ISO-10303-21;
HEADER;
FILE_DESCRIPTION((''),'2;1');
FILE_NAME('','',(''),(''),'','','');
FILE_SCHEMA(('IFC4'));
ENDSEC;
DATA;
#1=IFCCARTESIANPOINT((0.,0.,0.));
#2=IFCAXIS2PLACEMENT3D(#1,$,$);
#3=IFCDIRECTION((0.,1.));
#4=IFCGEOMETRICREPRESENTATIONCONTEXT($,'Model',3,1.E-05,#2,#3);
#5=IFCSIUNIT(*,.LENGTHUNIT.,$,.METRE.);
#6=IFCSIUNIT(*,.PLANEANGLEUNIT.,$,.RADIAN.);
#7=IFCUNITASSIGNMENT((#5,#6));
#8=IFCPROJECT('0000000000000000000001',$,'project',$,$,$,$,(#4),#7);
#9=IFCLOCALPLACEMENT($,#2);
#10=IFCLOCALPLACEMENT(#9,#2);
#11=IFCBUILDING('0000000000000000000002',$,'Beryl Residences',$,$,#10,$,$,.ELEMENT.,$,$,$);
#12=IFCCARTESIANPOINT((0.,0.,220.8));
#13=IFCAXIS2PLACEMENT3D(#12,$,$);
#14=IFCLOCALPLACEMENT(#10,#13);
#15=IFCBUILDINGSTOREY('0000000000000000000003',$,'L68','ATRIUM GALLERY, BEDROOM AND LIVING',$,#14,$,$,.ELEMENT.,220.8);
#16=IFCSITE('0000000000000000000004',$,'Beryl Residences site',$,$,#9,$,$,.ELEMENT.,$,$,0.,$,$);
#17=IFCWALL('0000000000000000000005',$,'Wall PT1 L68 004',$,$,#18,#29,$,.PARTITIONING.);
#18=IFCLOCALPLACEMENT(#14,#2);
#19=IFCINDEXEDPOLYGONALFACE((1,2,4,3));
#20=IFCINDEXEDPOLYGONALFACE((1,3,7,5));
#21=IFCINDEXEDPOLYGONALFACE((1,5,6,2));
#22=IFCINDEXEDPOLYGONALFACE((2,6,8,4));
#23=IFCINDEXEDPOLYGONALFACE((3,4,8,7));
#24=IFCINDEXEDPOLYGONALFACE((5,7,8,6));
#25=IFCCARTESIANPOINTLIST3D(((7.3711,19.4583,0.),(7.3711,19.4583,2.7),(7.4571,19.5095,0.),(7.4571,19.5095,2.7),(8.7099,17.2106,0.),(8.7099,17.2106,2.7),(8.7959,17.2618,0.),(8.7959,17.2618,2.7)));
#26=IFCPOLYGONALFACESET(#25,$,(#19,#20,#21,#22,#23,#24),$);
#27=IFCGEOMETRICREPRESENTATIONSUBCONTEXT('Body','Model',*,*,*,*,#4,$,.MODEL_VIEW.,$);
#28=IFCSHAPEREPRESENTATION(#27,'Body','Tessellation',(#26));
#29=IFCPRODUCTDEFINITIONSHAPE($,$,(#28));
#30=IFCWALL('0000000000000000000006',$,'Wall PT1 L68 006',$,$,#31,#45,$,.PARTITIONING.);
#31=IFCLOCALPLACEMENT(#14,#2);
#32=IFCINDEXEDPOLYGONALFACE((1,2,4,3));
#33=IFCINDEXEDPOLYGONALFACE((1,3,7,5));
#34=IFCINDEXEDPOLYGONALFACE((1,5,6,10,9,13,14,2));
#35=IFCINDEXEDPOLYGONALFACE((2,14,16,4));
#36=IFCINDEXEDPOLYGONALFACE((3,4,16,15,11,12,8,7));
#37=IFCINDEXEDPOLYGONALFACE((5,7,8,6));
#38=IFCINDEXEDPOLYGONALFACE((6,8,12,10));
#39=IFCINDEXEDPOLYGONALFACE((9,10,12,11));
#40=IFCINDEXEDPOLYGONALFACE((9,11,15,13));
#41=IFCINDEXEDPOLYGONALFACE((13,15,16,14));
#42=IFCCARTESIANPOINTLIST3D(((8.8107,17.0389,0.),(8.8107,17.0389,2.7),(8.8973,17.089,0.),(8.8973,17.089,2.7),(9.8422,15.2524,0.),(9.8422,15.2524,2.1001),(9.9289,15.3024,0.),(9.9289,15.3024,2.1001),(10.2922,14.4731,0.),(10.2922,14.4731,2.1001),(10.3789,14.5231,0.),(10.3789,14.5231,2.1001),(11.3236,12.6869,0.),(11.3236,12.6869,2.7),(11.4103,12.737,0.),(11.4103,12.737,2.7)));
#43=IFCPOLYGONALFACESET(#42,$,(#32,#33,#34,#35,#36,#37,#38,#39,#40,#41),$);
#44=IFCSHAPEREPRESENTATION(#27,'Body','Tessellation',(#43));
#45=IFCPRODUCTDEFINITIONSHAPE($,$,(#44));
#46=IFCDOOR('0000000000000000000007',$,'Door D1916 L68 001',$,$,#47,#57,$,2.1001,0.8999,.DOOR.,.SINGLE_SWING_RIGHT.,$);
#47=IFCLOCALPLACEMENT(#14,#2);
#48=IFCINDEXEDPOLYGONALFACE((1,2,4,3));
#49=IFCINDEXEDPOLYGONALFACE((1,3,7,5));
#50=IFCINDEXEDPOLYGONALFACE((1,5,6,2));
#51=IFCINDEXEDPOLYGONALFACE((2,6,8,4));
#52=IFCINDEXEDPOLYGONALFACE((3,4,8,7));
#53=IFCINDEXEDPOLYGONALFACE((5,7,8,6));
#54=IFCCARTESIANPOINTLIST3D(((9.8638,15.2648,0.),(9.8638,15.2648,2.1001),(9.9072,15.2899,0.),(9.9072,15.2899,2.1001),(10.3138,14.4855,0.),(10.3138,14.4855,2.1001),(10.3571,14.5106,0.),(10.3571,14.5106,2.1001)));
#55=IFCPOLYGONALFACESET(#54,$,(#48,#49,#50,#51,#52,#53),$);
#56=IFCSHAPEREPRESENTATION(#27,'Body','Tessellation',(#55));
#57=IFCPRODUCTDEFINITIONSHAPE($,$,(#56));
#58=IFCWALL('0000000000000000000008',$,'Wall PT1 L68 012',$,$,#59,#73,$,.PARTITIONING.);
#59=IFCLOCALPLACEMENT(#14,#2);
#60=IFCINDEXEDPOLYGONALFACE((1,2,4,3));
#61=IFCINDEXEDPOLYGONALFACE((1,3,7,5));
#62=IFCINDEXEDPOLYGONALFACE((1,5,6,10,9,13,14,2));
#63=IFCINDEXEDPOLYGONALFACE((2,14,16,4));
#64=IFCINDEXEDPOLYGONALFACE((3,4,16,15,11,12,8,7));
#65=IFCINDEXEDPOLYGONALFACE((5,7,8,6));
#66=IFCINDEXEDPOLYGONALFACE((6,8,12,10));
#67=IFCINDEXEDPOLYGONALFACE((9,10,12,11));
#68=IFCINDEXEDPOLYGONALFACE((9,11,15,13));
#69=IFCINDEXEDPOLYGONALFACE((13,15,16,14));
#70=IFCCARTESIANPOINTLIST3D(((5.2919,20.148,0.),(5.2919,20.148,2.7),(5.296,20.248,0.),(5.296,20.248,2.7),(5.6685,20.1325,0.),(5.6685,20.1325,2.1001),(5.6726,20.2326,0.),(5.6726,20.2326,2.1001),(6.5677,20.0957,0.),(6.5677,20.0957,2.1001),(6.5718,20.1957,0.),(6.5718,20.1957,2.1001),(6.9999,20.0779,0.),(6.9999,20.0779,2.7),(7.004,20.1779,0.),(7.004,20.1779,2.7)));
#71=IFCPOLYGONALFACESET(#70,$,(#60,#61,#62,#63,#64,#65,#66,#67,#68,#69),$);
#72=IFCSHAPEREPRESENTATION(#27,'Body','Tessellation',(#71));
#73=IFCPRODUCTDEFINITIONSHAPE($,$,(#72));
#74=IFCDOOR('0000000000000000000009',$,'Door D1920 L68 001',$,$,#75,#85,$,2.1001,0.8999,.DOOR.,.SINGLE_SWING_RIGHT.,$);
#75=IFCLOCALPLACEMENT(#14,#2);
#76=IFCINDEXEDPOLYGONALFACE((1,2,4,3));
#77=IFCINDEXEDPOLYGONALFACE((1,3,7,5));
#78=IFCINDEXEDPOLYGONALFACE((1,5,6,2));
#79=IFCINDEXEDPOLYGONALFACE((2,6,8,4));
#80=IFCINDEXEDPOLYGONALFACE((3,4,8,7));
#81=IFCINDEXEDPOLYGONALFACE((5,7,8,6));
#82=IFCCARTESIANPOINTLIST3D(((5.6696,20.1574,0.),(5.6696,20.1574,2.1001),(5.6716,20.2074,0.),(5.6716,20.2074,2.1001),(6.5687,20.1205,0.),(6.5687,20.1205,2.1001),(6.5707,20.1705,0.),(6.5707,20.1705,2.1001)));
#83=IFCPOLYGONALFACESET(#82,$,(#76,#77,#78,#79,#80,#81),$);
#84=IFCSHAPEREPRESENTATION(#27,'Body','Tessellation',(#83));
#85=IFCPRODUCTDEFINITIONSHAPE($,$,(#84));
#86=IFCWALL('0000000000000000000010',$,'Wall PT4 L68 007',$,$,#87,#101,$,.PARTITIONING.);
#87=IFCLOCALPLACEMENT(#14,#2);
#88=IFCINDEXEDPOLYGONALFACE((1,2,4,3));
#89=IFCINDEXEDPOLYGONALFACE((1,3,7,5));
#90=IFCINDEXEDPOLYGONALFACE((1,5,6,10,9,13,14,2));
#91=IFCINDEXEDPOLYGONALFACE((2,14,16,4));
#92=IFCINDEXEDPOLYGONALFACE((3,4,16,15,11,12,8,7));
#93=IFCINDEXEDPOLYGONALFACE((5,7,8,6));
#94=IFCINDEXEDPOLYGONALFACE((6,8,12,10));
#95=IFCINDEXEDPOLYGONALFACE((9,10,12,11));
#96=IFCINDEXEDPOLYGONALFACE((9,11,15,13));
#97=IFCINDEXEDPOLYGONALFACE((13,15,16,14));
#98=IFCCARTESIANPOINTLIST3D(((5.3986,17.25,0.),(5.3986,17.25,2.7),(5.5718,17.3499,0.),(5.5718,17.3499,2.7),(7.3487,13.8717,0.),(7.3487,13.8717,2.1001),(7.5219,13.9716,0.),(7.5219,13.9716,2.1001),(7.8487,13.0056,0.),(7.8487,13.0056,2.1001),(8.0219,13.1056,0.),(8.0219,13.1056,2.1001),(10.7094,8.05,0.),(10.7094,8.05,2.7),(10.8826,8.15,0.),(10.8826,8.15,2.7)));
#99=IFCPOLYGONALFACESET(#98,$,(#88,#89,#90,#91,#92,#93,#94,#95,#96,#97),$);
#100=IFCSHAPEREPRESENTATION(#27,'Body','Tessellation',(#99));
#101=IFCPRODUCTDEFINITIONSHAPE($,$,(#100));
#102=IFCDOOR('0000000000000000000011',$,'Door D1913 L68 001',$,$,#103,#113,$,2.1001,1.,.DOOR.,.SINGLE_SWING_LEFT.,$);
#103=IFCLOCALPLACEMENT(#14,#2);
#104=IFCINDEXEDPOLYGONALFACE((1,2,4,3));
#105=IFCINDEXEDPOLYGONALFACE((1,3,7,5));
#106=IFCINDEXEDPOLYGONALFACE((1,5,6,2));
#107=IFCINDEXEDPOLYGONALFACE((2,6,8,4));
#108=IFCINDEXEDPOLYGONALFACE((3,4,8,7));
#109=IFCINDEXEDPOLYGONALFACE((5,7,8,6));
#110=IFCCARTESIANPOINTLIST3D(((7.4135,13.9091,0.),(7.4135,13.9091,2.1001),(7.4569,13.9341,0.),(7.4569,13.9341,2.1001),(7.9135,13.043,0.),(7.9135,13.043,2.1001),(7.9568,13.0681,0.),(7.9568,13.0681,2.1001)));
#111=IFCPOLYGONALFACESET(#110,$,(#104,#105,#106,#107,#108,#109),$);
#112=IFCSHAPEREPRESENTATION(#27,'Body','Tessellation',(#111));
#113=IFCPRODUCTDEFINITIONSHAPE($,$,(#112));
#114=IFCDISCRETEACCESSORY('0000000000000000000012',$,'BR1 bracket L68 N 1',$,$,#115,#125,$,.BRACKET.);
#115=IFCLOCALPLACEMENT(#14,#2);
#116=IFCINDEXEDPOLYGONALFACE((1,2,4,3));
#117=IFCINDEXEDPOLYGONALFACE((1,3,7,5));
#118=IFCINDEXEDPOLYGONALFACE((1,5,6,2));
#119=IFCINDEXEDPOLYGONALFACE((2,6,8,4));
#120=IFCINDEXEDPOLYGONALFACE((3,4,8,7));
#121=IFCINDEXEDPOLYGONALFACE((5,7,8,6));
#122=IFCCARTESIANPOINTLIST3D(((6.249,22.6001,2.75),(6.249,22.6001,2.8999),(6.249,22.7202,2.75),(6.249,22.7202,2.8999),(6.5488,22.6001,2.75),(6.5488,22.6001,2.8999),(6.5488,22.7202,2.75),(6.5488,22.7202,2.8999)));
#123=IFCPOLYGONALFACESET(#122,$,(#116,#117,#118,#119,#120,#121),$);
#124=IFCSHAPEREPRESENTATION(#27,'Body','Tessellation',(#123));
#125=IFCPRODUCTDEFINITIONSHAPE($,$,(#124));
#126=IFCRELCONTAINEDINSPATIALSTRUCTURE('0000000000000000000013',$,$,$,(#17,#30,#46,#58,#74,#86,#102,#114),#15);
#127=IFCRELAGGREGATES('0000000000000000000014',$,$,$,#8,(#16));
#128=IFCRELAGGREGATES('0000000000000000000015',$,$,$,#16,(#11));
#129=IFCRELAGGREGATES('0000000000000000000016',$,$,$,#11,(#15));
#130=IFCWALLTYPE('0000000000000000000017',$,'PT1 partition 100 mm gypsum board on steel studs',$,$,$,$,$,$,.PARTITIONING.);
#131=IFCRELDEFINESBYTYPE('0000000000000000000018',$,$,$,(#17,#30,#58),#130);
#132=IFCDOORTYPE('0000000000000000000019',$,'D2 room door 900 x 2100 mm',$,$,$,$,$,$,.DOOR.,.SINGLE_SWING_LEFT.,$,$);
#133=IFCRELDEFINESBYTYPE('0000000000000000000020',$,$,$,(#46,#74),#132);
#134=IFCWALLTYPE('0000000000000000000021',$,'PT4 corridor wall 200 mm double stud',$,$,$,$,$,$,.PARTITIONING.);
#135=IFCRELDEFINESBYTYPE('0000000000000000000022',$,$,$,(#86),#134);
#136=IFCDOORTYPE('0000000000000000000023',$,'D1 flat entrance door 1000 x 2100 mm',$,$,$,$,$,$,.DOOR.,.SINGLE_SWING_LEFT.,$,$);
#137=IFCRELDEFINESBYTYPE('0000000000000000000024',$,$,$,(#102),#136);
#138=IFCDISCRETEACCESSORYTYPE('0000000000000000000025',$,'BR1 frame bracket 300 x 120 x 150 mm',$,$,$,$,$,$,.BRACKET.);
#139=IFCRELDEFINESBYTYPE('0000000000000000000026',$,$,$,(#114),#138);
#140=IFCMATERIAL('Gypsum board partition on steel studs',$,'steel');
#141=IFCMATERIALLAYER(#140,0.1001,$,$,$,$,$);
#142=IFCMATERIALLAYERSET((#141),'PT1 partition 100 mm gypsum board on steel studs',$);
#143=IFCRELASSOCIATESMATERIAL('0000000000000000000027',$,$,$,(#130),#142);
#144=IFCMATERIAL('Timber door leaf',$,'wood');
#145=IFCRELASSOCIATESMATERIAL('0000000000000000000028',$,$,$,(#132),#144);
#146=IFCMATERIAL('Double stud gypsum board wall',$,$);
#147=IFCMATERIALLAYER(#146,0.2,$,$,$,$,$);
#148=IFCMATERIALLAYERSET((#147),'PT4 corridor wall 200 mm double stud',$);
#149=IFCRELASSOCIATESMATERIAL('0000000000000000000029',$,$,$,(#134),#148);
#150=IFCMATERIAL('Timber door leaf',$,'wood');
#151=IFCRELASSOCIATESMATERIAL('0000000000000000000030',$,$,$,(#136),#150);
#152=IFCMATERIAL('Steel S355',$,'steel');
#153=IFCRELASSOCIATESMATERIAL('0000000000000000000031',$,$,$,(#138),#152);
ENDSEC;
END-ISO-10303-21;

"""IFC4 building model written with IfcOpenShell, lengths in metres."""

from ifc_helpers import new_model, si_unit, direction, frame, frame_2d, origin, place, context, subcontext, project, spatial, polyline, rectangle, outline, extrude, source, transform, mapped, material, layer, layer_set, type_object, type_shapes, element, fill, save


model = new_model("IFC4")

# Units and contexts
model_context = context("Model", 3, precision=1e-05, world=origin(), true_north=direction((0.0, 1.0)))
body_context = subcontext(model_context, "Body", "Model", "MODEL_VIEW")
ifc_project = project(units=[si_unit("LENGTHUNIT", "METRE"), si_unit("PLANEANGLEUNIT", "RADIAN")], contexts=[model_context])

# Site, building, storey
site_placement = place(None, origin())
site = spatial("IfcSite", under=ifc_project, at=site_placement, Name="Beryl Residences site", CompositionType="ELEMENT", RefElevation=0.0)
building_placement = place(site_placement, origin())
building = spatial("IfcBuilding", under=site, at=building_placement, Name="Beryl Residences", CompositionType="ELEMENT")
storey_placement = place(building_placement, frame((0.0, 0.0, 220.8)))
storey = spatial("IfcBuildingStorey", under=building, at=storey_placement, Name="L68", Description="ATRIUM GALLERY, BEDROOM AND LIVING", CompositionType="ELEMENT", Elevation=220.8)

# Wall
ifc_material_1 = material(Name="Gypsum board partition on steel studs", Category="steel")
ifc_layer_1 = layer(ifc_material_1, 0.1001)
ifc_layer_set_1 = layer_set([ifc_layer_1], Name="PT1 partition 100 mm gypsum board on steel studs")
wall_type_1 = type_object("IfcWallType", Name="PT1 partition 100 mm gypsum board on steel studs", PredefinedType="PARTITIONING", material=ifc_layer_set_1)
wall_1_placement = place(storey_placement, frame((7.4141, 19.4839, 0.0), z_axis=(0.0, 0.0, 1.0), x_axis=(0.511735, -0.859143, 0.0)))
element("IfcWall", 1, at=wall_1_placement, inside=storey, type_object=wall_type_1, Name="Wall PT1 L68 004", PredefinedType="PARTITIONING", context=body_context, shape_type="SweptSolid", body=[
    extrude(rectangle(XDim=2.6162, YDim=0.1001, at=frame_2d((1.3081, 0.0))), origin(), (0.0, 0.0, 1.0), 2.7),
])

# Walls, openings, doors
wall_2_placement = place(storey_placement, frame((8.854, 17.064, 0.0), z_axis=(0.0, 0.0, 1.0), x_axis=(0.500042, -0.866001, 0.0)))
wall_2 = element("IfcWall", 2, at=wall_2_placement, inside=storey, type_object=wall_type_1, Name="Wall PT1 L68 006", PredefinedType="PARTITIONING", context=body_context, shape_type="SweptSolid", body=[
    extrude(rectangle(XDim=5.0254, YDim=0.1001, at=frame_2d((2.5127, 0.0))), origin(), (0.0, 0.0, 1.0), 2.7),
])
opening_1_placement = place(wall_2_placement, frame((2.063, 0.0, 0.0)))
opening_1 = element("IfcOpeningElement", 3, at=opening_1_placement, cuts=wall_2, PredefinedType="OPENING", context=body_context, shape_type="SweptSolid", body=[
    extrude(rectangle(XDim=0.8999, YDim=2.1001, at=frame_2d((0.45, 1.05))), frame((0.0, 0.0601, 0.0), z_axis=(0.0, -1.0, 0.0), x_axis=(1.0, 0.0, 0.0)), (0.0, 0.0, 1.0), 0.1201),
])
ifc_material_2 = material(Name="Timber door leaf", Category="wood")
door_type_1 = type_object("IfcDoorType", Name="D2 room door 900 x 2100 mm", OperationType="SINGLE_SWING_LEFT", PredefinedType="DOOR", material=ifc_material_2)
door_1_placement = place(opening_1_placement, origin())
door_1 = element("IfcDoor", 4, at=door_1_placement, inside=storey, type_object=door_type_1, Name="Door D1916 L68 001", OperationType="SINGLE_SWING_RIGHT", OverallHeight=2.1001, OverallWidth=0.8999, PredefinedType="DOOR", context=body_context, shape_type="SweptSolid", body=[
    extrude(rectangle(XDim=0.8999, YDim=2.1001, at=frame_2d((0.45, 1.05))), frame((0.0, 0.0249, 0.0), z_axis=(0.0, -1.0, 0.0), x_axis=(1.0, 0.0, 0.0)), (0.0, 0.0, 1.0), 0.05),
])
fill(opening_1, door_1)
wall_3_placement = place(storey_placement, frame((5.2939, 20.198, 0.0), z_axis=(0.0, 0.0, 1.0), x_axis=(0.99916, -0.040989, 0.0)))
wall_3 = element("IfcWall", 5, at=wall_3_placement, inside=storey, type_object=wall_type_1, Name="Wall PT1 L68 012", PredefinedType="PARTITIONING", context=body_context, shape_type="SweptSolid", body=[
    extrude(rectangle(XDim=1.7095, YDim=0.1001, at=frame_2d((0.8547, 0.0))), origin(), (0.0, 0.0, 1.0), 2.7),
])
opening_2_placement = place(wall_3_placement, frame((0.377, 0.0, 0.0)))
opening_2 = element("IfcOpeningElement", 6, at=opening_2_placement, cuts=wall_3, PredefinedType="OPENING", context=body_context, shape_type="SweptSolid", body=[
    extrude(rectangle(XDim=0.8999, YDim=2.1001, at=frame_2d((0.45, 1.05))), frame((0.0, 0.0601, 0.0), z_axis=(0.0, -1.0, 0.0), x_axis=(1.0, 0.0, 0.0)), (0.0, 0.0, 1.0), 0.1201),
])
door_2_placement = place(opening_2_placement, origin())
door_2 = element("IfcDoor", 7, at=door_2_placement, inside=storey, type_object=door_type_1, Name="Door D1920 L68 001", OperationType="SINGLE_SWING_RIGHT", OverallHeight=2.1001, OverallWidth=0.8999, PredefinedType="DOOR", context=body_context, shape_type="SweptSolid", body=[
    extrude(rectangle(XDim=0.8999, YDim=2.1001, at=frame_2d((0.45, 1.05))), frame((0.0, 0.0249, 0.0), z_axis=(0.0, -1.0, 0.0), x_axis=(1.0, 0.0, 0.0)), (0.0, 0.0, 1.0), 0.05),
])
fill(opening_2, door_2)
ifc_material_3 = material(Name="Double stud gypsum board wall")
ifc_layer_2 = layer(ifc_material_3, 0.2)
ifc_layer_set_2 = layer_set([ifc_layer_2], Name="PT4 corridor wall 200 mm double stud")
wall_type_2 = type_object("IfcWallType", Name="PT4 corridor wall 200 mm double stud", PredefinedType="PARTITIONING", material=ifc_layer_set_2)
wall_4_placement = place(storey_placement, frame((5.4851, 17.3, 0.0), z_axis=(0.0, 0.0, 1.0), x_axis=(0.499943, -0.866058, 0.0)))
wall_4 = element("IfcWall", 8, at=wall_4_placement, inside=storey, type_object=wall_type_2, Name="Wall PT4 L68 007", PredefinedType="PARTITIONING", context=body_context, shape_type="SweptSolid", body=[
    extrude(rectangle(XDim=10.6228, YDim=0.2, at=frame_2d((5.3115, 0.0))), origin(), (0.0, 0.0, 1.0), 2.7),
])
opening_3_placement = place(wall_4_placement, frame((3.9009, 0.0, 0.0)))
opening_3 = element("IfcOpeningElement", 9, at=opening_3_placement, cuts=wall_4, PredefinedType="OPENING", context=body_context, shape_type="SweptSolid", body=[
    extrude(rectangle(XDim=1.0, YDim=2.1001, at=frame_2d((0.5, 1.05))), frame((0.0, 0.1099, 0.0), z_axis=(0.0, -1.0, 0.0), x_axis=(1.0, 0.0, 0.0)), (0.0, 0.0, 1.0), 0.22),
])
ifc_material_4 = material(Name="Timber door leaf", Category="wood")
door_type_2 = type_object("IfcDoorType", Name="D1 flat entrance door 1000 x 2100 mm", OperationType="SINGLE_SWING_LEFT", PredefinedType="DOOR", material=ifc_material_4)
door_3_placement = place(opening_3_placement, origin())
door_3 = element("IfcDoor", 10, at=door_3_placement, inside=storey, type_object=door_type_2, Name="Door D1913 L68 001", OperationType="SINGLE_SWING_LEFT", OverallHeight=2.1001, OverallWidth=1.0, PredefinedType="DOOR", context=body_context, shape_type="SweptSolid", body=[
    extrude(rectangle(XDim=1.0, YDim=2.1001, at=frame_2d((0.5, 1.05))), frame((0.0, 0.0249, 0.0), z_axis=(0.0, -1.0, 0.0), x_axis=(1.0, 0.0, 0.0)), (0.0, 0.0, 1.0), 0.05),
])
fill(opening_3, door_3)

# Discrete accessory
ifc_material_5 = material(Name="Steel S355", Category="steel")
discrete_accessory_type = type_object("IfcDiscreteAccessoryType", Name="BR1 frame bracket 300 x 120 x 150 mm", PredefinedType="BRACKET", material=ifc_material_5)
shared_shape_1 = source(origin(), body_context, "Body", "SweptSolid", [
    extrude(outline(polyline([(-0.1499, 0.0), (0.1499, 0.0), (0.1499, 0.1201), (-0.1499, 0.1201), (-0.1499, 0.0)])), origin(), (0.0, 0.0, 1.0), 0.1499),
])
type_shapes(discrete_accessory_type, [shared_shape_1])
discrete_accessory_placement = place(storey_placement, frame((6.3989, 22.6001, 2.75), z_axis=(0.0, 0.0, 1.0), x_axis=(1.0, 0.0, 0.0)))
element("IfcDiscreteAccessory", 11, at=discrete_accessory_placement, inside=storey, type_object=discrete_accessory_type, Name="BR1 bracket L68 N 1", PredefinedType="BRACKET", context=body_context, shape_type="MappedRepresentation", body=[
    mapped(shared_shape_1, transform((0.0, 0.0, 0.0))),
])

save(model, "model.ifc")
